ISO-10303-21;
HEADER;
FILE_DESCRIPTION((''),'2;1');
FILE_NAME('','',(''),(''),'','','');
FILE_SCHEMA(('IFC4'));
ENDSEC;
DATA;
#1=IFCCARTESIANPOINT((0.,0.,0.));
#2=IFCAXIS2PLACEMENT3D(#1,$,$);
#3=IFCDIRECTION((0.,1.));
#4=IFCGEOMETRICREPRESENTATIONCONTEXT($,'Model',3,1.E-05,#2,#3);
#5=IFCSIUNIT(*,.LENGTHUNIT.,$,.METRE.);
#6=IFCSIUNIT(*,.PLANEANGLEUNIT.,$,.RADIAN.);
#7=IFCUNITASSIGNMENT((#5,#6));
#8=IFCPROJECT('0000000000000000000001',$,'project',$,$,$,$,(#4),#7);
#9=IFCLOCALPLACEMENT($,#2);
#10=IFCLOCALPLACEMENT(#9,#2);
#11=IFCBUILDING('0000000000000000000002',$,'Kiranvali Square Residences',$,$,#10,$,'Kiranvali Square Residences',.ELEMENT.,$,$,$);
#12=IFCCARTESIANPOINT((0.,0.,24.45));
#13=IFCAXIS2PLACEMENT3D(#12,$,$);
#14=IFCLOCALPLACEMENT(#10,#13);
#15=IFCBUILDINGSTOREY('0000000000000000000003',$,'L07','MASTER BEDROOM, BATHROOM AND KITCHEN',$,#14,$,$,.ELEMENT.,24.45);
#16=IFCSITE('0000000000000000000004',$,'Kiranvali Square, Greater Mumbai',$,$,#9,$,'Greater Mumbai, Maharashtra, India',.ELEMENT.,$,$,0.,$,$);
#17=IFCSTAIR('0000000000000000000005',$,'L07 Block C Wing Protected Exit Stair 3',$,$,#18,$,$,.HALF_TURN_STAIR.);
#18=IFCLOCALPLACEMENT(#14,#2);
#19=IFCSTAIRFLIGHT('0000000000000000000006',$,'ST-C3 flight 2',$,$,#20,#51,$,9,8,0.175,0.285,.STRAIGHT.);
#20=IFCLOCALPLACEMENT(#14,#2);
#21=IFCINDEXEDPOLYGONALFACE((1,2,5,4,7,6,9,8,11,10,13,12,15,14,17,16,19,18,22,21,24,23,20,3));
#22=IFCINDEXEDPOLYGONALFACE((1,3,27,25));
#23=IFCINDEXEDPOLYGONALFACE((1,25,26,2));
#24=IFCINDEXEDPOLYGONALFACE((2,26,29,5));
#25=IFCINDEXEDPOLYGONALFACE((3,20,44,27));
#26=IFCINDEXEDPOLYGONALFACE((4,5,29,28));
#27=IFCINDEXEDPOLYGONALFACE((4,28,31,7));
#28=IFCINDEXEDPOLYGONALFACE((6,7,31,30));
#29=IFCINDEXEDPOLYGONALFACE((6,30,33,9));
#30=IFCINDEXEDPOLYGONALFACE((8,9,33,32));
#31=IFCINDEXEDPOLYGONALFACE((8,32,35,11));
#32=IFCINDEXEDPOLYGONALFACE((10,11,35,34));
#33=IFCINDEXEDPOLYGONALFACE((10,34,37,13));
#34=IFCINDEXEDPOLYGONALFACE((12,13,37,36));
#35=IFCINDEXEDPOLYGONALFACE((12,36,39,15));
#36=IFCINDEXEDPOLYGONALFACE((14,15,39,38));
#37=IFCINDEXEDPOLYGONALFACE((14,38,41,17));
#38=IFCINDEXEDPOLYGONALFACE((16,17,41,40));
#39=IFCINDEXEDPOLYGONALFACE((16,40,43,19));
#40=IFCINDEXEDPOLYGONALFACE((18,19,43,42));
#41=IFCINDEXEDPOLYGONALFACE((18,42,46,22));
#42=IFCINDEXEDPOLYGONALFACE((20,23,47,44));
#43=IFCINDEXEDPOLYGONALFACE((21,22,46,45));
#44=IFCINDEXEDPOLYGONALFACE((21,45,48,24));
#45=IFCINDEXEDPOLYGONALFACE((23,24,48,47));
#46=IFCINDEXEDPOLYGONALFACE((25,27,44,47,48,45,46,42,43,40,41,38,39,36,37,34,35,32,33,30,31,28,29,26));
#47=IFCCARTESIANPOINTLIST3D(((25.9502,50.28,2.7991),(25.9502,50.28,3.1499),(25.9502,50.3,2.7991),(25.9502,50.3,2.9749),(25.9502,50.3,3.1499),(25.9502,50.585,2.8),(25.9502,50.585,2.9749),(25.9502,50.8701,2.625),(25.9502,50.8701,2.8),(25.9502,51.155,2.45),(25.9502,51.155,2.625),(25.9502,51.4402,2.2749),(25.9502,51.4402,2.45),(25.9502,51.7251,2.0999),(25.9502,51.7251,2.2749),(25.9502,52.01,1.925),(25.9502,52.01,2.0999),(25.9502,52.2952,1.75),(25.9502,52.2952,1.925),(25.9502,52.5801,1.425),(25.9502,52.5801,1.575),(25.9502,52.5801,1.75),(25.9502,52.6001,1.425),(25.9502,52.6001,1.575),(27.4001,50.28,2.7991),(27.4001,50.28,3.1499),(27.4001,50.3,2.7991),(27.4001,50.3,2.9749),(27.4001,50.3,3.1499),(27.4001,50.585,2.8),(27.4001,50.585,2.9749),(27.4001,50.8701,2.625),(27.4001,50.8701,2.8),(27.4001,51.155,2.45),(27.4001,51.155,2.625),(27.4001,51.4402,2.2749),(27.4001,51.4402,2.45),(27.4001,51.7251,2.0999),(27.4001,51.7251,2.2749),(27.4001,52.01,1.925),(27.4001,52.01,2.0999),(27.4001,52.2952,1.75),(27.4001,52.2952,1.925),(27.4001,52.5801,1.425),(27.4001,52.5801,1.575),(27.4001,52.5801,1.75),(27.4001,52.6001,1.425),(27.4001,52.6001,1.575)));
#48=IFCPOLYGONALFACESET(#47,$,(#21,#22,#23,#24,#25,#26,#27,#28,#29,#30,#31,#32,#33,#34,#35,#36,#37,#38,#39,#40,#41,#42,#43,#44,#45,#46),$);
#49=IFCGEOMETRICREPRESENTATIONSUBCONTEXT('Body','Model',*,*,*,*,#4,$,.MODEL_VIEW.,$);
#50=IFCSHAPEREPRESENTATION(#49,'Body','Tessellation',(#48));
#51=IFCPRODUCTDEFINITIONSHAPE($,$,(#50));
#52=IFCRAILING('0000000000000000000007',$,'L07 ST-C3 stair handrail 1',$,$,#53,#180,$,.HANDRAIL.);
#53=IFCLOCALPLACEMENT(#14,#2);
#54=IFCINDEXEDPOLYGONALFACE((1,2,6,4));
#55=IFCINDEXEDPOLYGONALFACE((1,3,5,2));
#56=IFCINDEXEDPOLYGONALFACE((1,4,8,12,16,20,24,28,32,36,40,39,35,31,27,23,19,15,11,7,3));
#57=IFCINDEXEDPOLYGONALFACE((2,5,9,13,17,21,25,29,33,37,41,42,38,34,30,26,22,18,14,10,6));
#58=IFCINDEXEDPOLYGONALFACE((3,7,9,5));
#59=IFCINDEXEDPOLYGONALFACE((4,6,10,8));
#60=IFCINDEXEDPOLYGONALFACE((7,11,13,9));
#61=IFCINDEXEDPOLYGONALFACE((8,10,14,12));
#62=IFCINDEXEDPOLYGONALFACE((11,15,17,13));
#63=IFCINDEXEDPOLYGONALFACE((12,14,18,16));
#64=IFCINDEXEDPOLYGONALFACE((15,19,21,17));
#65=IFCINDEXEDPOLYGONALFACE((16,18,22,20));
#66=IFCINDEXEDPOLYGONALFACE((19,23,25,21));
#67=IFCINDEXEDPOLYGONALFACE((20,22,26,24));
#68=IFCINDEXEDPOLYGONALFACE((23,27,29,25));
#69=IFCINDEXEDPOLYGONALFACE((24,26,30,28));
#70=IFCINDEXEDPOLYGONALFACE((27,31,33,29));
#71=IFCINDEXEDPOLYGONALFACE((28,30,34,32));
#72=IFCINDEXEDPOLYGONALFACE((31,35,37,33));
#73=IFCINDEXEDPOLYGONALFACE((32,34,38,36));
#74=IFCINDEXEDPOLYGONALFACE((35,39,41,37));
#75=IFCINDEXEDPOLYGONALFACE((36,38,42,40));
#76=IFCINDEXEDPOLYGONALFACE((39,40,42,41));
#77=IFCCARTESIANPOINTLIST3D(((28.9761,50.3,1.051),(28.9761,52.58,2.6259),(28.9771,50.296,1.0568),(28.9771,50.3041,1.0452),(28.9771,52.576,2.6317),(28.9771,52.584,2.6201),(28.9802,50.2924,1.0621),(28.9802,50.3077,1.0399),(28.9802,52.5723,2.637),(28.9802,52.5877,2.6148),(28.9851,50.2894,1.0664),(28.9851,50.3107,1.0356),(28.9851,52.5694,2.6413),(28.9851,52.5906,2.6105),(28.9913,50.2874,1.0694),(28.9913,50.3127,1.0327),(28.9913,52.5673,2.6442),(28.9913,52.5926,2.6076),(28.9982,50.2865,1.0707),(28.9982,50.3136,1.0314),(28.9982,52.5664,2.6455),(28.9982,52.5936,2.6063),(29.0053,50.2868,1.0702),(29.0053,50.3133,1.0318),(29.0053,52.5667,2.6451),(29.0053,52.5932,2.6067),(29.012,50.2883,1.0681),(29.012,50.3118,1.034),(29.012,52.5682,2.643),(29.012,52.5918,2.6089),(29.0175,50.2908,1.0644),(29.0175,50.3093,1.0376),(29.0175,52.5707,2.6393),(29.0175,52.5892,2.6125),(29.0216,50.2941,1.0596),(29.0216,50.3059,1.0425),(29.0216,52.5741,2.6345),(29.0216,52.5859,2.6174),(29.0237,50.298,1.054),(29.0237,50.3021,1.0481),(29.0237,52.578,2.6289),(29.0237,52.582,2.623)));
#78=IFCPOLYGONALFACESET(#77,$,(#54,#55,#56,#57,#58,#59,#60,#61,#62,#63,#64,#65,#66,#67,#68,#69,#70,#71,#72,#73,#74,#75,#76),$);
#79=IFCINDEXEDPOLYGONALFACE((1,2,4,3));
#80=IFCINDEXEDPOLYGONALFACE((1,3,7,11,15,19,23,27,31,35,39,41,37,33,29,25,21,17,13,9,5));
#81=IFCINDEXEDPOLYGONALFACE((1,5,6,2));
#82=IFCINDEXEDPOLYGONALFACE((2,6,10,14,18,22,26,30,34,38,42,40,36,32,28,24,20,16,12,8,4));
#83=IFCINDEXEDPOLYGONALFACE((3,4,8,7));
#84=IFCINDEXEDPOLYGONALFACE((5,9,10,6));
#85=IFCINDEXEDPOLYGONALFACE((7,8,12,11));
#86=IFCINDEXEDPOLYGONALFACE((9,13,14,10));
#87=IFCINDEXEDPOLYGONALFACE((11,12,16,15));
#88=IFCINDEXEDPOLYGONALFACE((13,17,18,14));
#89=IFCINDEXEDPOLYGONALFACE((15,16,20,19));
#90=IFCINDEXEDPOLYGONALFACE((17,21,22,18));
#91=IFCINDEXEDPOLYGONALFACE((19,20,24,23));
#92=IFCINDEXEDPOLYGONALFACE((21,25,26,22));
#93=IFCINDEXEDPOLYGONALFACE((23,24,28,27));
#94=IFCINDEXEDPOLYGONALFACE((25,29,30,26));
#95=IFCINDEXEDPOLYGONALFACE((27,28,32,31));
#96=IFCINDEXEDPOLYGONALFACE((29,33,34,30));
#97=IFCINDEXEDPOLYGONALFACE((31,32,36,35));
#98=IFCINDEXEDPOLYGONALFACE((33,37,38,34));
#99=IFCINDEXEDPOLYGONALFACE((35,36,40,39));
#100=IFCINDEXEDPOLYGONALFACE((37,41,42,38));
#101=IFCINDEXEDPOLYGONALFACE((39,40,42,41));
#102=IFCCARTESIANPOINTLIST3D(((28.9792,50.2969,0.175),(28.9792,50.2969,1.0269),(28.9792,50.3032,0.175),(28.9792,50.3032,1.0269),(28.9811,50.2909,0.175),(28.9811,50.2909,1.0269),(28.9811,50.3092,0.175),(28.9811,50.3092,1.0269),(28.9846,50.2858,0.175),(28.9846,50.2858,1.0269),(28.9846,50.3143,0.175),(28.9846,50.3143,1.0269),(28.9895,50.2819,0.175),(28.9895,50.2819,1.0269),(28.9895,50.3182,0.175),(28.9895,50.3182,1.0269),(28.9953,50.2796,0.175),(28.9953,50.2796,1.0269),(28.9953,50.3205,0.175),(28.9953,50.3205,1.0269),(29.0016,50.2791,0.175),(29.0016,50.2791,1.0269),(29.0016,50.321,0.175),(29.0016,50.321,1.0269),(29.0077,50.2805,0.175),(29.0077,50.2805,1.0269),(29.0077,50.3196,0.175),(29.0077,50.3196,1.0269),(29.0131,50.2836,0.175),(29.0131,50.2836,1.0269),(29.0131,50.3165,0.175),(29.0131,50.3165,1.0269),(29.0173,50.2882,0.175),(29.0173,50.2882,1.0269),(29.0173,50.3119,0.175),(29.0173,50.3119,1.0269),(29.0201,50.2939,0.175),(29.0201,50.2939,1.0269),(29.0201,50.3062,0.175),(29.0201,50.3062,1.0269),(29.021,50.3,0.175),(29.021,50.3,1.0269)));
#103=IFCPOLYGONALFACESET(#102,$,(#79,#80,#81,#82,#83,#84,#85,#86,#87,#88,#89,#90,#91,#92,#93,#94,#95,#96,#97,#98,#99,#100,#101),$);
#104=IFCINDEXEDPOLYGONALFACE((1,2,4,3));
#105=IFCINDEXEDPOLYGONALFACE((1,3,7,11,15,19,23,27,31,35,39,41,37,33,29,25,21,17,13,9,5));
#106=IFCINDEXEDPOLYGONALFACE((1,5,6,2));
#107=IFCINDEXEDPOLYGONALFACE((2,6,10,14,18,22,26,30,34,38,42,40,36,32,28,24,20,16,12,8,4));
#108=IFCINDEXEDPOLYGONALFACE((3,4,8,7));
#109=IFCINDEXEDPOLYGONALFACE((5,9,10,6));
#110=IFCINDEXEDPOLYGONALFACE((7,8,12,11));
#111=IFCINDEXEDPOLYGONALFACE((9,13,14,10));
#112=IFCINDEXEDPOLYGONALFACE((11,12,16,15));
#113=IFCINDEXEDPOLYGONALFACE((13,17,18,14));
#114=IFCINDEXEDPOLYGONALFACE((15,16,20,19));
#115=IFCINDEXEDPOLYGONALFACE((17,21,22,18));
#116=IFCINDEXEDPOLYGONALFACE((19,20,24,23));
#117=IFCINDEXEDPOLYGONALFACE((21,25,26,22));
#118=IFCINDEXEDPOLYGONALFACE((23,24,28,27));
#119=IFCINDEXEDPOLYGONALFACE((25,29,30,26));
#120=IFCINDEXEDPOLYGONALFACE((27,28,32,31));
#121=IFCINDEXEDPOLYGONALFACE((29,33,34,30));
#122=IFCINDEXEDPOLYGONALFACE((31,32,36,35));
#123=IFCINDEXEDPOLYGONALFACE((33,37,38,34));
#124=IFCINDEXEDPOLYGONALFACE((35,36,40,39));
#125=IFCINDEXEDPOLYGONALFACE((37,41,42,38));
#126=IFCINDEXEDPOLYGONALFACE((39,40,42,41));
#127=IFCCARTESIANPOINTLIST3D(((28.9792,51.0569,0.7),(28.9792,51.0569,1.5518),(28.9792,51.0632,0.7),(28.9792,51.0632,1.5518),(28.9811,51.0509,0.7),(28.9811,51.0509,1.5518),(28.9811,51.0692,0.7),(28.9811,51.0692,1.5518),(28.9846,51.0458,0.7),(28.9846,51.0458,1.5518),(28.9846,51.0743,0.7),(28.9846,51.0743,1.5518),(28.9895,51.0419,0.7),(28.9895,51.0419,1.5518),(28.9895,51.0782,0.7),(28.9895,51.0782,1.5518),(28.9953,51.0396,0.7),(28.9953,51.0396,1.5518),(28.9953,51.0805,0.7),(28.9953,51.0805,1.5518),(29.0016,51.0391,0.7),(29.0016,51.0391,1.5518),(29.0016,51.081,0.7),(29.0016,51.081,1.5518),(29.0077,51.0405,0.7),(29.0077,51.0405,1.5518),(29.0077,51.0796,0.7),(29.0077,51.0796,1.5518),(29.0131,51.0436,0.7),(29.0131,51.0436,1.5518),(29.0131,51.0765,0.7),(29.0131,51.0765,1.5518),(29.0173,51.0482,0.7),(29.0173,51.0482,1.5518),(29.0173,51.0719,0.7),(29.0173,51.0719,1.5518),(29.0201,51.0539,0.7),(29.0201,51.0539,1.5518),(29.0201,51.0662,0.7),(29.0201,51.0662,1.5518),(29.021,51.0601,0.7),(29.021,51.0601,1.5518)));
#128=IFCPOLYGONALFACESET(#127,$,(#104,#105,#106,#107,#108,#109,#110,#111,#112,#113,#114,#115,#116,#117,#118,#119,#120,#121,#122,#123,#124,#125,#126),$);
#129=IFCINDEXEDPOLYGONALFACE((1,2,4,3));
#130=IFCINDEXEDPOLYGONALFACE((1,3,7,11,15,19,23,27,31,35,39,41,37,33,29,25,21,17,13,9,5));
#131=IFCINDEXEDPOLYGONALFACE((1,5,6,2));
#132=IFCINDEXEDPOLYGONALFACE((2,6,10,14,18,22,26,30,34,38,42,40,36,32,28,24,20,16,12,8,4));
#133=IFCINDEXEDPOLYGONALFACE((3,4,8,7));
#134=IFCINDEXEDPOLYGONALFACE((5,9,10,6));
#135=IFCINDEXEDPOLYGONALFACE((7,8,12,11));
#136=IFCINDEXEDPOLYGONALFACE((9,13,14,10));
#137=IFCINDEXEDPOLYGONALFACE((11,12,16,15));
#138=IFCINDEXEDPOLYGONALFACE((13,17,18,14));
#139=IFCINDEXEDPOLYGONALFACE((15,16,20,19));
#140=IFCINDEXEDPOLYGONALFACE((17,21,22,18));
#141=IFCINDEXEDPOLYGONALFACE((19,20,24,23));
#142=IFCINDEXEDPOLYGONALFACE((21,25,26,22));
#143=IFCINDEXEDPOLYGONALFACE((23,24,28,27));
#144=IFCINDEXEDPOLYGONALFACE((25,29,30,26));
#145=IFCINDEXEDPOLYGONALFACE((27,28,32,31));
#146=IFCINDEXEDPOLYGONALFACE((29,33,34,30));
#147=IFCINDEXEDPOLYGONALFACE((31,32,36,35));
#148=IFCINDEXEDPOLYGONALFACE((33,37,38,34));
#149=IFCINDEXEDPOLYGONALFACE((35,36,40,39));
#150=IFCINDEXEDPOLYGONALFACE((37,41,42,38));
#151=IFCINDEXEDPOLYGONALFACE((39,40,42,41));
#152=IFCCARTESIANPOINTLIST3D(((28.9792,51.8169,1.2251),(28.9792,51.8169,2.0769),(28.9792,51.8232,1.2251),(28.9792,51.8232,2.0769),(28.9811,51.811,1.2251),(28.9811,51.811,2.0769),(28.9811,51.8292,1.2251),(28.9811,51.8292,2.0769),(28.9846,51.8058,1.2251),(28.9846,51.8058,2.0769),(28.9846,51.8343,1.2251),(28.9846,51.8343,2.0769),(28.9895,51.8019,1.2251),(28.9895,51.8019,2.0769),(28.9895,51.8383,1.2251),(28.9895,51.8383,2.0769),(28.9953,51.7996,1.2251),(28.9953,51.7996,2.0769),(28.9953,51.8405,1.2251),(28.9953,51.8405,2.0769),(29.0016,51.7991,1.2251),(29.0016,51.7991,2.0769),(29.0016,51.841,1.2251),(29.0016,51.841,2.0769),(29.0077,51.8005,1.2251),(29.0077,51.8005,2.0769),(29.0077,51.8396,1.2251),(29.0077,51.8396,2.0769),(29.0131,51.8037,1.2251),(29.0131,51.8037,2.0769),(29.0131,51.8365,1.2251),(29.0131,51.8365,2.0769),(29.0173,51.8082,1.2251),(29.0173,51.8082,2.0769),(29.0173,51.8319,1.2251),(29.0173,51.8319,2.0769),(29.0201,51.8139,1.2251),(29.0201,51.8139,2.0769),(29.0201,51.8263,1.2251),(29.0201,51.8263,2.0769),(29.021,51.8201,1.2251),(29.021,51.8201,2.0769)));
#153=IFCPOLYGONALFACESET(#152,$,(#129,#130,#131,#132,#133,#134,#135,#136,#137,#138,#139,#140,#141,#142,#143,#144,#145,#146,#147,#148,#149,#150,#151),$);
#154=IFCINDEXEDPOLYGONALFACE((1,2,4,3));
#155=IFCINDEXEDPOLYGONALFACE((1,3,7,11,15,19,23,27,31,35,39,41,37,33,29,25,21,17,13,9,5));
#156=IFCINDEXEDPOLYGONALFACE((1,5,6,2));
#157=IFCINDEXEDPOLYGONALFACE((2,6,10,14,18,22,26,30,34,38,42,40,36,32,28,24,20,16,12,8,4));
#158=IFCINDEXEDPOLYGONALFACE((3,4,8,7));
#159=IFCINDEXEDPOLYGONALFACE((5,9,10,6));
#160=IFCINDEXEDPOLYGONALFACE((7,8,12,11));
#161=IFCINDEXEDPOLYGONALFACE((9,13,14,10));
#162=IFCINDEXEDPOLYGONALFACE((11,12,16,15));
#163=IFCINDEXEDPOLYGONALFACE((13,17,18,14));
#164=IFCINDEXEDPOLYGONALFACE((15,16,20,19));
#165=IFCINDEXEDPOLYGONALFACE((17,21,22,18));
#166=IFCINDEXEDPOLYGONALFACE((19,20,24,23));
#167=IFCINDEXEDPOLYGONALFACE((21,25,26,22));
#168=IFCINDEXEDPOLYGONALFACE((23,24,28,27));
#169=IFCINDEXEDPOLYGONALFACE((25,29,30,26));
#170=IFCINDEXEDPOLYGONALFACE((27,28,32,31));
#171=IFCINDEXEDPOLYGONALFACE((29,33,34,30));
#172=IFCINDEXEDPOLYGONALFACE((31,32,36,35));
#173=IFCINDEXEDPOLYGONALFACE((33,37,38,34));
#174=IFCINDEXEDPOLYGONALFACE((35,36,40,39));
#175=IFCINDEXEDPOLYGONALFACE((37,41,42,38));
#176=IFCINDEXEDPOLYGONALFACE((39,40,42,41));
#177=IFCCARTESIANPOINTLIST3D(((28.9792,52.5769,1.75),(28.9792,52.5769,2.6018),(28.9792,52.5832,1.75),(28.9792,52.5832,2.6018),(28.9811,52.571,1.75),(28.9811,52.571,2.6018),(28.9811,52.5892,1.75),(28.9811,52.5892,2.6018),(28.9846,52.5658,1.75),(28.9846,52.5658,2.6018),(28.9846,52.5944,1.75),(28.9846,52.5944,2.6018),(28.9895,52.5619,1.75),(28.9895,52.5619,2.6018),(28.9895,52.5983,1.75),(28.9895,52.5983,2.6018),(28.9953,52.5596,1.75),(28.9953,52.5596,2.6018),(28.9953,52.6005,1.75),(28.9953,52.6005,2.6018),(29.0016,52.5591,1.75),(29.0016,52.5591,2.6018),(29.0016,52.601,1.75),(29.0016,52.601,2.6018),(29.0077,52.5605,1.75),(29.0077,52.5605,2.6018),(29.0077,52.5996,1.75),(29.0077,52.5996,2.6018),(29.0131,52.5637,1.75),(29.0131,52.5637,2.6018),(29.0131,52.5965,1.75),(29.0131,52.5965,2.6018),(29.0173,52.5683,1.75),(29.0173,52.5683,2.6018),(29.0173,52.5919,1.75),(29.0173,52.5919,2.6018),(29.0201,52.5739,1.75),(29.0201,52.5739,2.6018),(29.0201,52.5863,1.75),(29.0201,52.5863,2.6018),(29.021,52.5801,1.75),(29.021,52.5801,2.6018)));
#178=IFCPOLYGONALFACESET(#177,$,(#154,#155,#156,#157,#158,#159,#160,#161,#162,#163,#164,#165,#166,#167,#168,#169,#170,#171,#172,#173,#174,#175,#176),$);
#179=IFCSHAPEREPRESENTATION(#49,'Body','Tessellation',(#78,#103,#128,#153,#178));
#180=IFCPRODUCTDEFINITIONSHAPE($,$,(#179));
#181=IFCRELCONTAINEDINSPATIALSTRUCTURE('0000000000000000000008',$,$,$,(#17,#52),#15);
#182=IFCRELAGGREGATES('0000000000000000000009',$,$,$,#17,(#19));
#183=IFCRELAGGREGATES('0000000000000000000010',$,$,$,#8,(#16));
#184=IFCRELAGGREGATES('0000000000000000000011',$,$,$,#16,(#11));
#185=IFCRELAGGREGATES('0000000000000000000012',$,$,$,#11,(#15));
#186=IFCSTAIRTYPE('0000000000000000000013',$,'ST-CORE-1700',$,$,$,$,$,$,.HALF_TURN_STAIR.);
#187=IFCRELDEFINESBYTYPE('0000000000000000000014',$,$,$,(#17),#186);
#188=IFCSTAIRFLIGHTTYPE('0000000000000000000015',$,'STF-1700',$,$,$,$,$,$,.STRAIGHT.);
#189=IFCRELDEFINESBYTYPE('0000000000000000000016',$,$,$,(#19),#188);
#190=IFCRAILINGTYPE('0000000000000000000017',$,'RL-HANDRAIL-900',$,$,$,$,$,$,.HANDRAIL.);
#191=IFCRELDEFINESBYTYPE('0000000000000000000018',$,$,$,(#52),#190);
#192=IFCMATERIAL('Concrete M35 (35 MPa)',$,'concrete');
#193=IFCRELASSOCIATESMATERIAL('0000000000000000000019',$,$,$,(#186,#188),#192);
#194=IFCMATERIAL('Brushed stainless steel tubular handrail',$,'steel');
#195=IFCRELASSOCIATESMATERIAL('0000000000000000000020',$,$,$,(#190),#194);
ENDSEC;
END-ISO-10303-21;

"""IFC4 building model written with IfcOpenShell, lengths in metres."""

from ifc_helpers import new_model, si_unit, direction, frame, origin, origin_2d, place, context, subcontext, project, spatial, polyline, circle, outline, extrude, material, type_object, element, aggregate, save


model = new_model("IFC4")

# Units and contexts
model_context = context("Model", 3, precision=1e-05, world=origin(), true_north=direction((0.0, 1.0)))
body_context = subcontext(model_context, "Body", "Model", "MODEL_VIEW")
ifc_project = project(units=[si_unit("LENGTHUNIT", "METRE"), si_unit("PLANEANGLEUNIT", "RADIAN")], contexts=[model_context])

# Site, building, storey
site_placement = place(None, origin())
site = spatial("IfcSite", under=ifc_project, at=site_placement, Name="Kiranvali Square, Greater Mumbai", LongName="Greater Mumbai, Maharashtra, India", CompositionType="ELEMENT", RefElevation=0.0)
building_placement = place(site_placement, origin())
building = spatial("IfcBuilding", under=site, at=building_placement, Name="Kiranvali Square Residences", LongName="Kiranvali Square Residences", CompositionType="ELEMENT")
storey_placement = place(building_placement, frame((0.0, 0.0, 24.45)))
storey = spatial("IfcBuildingStorey", under=building, at=storey_placement, Name="L07", Description="MASTER BEDROOM, BATHROOM AND KITCHEN", CompositionType="ELEMENT", Elevation=24.45)

# Stair, stair flight
ifc_material_1 = material(Name="Concrete M35 (35 MPa)", Category="concrete")
stair_type = type_object("IfcStairType", Name="ST-CORE-1700", PredefinedType="HALF_TURN_STAIR", material=ifc_material_1)
stair_placement = place(storey_placement, origin())
stair = element("IfcStair", 1, at=stair_placement, inside=storey, type_object=stair_type, Name="L07 Block C Wing Protected Exit Stair 3", PredefinedType="HALF_TURN_STAIR")
stair_flight_type = type_object("IfcStairFlightType", Name="STF-1700", PredefinedType="STRAIGHT", material=ifc_material_1)
stair_flight_1_placement = place(storey_placement, frame((26.675, 52.5801, 1.575), z_axis=(0.0, 0.0, 1.0), x_axis=(0.0, -1.0, 0.0)))
stair_flight_1 = element("IfcStairFlight", 2, at=stair_flight_1_placement, type_object=stair_flight_type, Name="ST-C3 flight 2", NumberOfRisers=9, NumberOfTreads=8, PredefinedType="STRAIGHT", RiserHeight=0.175, TreadLength=0.285, context=body_context, shape_type="SweptSolid", body=[
    extrude(outline(polyline([(-0.02, -0.1499), (-0.02, 0.0), (0.0, 0.0), (0.0, 0.175), (0.2849, 0.175), (0.2849, 0.3501), (0.5701, 0.3501), (0.5701, 0.5249), (0.855, 0.5249), (0.855, 0.7), (1.1399, 0.7), (1.1399, 0.875), (1.425, 0.875), (1.425, 1.05), (1.71, 1.05), (1.71, 1.2251), (1.9951, 1.2251), (1.9951, 1.3999), (2.28, 1.3999), (2.28, 1.575), (2.3, 1.575), (2.3, 1.2241), (2.28, 1.2241), (0.0, -0.1499), (-0.02, -0.1499)])), frame((0.0, 0.7251, 0.0), z_axis=(0.0, -1.0, 0.0), x_axis=(1.0, 0.0, 0.0)), (0.0, 0.0, 1.0), 1.45),
])
aggregate(stair, [stair_flight_1])

# Railing
ifc_material_2 = material(Name="Brushed stainless steel tubular handrail", Category="steel")
railing_type_1 = type_object("IfcRailingType", Name="RL-HANDRAIL-900", PredefinedType="HANDRAIL", material=ifc_material_2)
railing_1_placement = place(storey_placement, frame((29.0, 50.3, 0.175)))
element("IfcRailing", 3, at=railing_1_placement, inside=storey, type_object=railing_type_1, Name="L07 ST-C3 stair handrail 1", PredefinedType="HANDRAIL", context=body_context, shape_type="SweptSolid", body=[
    extrude(circle(Radius=0.0239, at=origin_2d()), frame((0.0, 0.0, 0.876), z_axis=(0.0, 0.822788, 0.568348), x_axis=(-1.0, 0.0, 0.0)), (0.0, 0.0, 1.0), 2.771),
    extrude(circle(Radius=0.021, at=origin_2d()), origin(), (0.0, 0.0, 1.0), 0.8518),
    extrude(circle(Radius=0.021, at=origin_2d()), frame((0.0, 0.76, 0.5249)), (0.0, 0.0, 1.0), 0.8518),
    extrude(circle(Radius=0.021, at=origin_2d()), frame((0.0, 1.52, 1.05)), (0.0, 0.0, 1.0), 0.8518),
    extrude(circle(Radius=0.021, at=origin_2d()), frame((0.0, 2.28, 1.575)), (0.0, 0.0, 1.0), 0.8518),
])

save(model, "model.ifc")
